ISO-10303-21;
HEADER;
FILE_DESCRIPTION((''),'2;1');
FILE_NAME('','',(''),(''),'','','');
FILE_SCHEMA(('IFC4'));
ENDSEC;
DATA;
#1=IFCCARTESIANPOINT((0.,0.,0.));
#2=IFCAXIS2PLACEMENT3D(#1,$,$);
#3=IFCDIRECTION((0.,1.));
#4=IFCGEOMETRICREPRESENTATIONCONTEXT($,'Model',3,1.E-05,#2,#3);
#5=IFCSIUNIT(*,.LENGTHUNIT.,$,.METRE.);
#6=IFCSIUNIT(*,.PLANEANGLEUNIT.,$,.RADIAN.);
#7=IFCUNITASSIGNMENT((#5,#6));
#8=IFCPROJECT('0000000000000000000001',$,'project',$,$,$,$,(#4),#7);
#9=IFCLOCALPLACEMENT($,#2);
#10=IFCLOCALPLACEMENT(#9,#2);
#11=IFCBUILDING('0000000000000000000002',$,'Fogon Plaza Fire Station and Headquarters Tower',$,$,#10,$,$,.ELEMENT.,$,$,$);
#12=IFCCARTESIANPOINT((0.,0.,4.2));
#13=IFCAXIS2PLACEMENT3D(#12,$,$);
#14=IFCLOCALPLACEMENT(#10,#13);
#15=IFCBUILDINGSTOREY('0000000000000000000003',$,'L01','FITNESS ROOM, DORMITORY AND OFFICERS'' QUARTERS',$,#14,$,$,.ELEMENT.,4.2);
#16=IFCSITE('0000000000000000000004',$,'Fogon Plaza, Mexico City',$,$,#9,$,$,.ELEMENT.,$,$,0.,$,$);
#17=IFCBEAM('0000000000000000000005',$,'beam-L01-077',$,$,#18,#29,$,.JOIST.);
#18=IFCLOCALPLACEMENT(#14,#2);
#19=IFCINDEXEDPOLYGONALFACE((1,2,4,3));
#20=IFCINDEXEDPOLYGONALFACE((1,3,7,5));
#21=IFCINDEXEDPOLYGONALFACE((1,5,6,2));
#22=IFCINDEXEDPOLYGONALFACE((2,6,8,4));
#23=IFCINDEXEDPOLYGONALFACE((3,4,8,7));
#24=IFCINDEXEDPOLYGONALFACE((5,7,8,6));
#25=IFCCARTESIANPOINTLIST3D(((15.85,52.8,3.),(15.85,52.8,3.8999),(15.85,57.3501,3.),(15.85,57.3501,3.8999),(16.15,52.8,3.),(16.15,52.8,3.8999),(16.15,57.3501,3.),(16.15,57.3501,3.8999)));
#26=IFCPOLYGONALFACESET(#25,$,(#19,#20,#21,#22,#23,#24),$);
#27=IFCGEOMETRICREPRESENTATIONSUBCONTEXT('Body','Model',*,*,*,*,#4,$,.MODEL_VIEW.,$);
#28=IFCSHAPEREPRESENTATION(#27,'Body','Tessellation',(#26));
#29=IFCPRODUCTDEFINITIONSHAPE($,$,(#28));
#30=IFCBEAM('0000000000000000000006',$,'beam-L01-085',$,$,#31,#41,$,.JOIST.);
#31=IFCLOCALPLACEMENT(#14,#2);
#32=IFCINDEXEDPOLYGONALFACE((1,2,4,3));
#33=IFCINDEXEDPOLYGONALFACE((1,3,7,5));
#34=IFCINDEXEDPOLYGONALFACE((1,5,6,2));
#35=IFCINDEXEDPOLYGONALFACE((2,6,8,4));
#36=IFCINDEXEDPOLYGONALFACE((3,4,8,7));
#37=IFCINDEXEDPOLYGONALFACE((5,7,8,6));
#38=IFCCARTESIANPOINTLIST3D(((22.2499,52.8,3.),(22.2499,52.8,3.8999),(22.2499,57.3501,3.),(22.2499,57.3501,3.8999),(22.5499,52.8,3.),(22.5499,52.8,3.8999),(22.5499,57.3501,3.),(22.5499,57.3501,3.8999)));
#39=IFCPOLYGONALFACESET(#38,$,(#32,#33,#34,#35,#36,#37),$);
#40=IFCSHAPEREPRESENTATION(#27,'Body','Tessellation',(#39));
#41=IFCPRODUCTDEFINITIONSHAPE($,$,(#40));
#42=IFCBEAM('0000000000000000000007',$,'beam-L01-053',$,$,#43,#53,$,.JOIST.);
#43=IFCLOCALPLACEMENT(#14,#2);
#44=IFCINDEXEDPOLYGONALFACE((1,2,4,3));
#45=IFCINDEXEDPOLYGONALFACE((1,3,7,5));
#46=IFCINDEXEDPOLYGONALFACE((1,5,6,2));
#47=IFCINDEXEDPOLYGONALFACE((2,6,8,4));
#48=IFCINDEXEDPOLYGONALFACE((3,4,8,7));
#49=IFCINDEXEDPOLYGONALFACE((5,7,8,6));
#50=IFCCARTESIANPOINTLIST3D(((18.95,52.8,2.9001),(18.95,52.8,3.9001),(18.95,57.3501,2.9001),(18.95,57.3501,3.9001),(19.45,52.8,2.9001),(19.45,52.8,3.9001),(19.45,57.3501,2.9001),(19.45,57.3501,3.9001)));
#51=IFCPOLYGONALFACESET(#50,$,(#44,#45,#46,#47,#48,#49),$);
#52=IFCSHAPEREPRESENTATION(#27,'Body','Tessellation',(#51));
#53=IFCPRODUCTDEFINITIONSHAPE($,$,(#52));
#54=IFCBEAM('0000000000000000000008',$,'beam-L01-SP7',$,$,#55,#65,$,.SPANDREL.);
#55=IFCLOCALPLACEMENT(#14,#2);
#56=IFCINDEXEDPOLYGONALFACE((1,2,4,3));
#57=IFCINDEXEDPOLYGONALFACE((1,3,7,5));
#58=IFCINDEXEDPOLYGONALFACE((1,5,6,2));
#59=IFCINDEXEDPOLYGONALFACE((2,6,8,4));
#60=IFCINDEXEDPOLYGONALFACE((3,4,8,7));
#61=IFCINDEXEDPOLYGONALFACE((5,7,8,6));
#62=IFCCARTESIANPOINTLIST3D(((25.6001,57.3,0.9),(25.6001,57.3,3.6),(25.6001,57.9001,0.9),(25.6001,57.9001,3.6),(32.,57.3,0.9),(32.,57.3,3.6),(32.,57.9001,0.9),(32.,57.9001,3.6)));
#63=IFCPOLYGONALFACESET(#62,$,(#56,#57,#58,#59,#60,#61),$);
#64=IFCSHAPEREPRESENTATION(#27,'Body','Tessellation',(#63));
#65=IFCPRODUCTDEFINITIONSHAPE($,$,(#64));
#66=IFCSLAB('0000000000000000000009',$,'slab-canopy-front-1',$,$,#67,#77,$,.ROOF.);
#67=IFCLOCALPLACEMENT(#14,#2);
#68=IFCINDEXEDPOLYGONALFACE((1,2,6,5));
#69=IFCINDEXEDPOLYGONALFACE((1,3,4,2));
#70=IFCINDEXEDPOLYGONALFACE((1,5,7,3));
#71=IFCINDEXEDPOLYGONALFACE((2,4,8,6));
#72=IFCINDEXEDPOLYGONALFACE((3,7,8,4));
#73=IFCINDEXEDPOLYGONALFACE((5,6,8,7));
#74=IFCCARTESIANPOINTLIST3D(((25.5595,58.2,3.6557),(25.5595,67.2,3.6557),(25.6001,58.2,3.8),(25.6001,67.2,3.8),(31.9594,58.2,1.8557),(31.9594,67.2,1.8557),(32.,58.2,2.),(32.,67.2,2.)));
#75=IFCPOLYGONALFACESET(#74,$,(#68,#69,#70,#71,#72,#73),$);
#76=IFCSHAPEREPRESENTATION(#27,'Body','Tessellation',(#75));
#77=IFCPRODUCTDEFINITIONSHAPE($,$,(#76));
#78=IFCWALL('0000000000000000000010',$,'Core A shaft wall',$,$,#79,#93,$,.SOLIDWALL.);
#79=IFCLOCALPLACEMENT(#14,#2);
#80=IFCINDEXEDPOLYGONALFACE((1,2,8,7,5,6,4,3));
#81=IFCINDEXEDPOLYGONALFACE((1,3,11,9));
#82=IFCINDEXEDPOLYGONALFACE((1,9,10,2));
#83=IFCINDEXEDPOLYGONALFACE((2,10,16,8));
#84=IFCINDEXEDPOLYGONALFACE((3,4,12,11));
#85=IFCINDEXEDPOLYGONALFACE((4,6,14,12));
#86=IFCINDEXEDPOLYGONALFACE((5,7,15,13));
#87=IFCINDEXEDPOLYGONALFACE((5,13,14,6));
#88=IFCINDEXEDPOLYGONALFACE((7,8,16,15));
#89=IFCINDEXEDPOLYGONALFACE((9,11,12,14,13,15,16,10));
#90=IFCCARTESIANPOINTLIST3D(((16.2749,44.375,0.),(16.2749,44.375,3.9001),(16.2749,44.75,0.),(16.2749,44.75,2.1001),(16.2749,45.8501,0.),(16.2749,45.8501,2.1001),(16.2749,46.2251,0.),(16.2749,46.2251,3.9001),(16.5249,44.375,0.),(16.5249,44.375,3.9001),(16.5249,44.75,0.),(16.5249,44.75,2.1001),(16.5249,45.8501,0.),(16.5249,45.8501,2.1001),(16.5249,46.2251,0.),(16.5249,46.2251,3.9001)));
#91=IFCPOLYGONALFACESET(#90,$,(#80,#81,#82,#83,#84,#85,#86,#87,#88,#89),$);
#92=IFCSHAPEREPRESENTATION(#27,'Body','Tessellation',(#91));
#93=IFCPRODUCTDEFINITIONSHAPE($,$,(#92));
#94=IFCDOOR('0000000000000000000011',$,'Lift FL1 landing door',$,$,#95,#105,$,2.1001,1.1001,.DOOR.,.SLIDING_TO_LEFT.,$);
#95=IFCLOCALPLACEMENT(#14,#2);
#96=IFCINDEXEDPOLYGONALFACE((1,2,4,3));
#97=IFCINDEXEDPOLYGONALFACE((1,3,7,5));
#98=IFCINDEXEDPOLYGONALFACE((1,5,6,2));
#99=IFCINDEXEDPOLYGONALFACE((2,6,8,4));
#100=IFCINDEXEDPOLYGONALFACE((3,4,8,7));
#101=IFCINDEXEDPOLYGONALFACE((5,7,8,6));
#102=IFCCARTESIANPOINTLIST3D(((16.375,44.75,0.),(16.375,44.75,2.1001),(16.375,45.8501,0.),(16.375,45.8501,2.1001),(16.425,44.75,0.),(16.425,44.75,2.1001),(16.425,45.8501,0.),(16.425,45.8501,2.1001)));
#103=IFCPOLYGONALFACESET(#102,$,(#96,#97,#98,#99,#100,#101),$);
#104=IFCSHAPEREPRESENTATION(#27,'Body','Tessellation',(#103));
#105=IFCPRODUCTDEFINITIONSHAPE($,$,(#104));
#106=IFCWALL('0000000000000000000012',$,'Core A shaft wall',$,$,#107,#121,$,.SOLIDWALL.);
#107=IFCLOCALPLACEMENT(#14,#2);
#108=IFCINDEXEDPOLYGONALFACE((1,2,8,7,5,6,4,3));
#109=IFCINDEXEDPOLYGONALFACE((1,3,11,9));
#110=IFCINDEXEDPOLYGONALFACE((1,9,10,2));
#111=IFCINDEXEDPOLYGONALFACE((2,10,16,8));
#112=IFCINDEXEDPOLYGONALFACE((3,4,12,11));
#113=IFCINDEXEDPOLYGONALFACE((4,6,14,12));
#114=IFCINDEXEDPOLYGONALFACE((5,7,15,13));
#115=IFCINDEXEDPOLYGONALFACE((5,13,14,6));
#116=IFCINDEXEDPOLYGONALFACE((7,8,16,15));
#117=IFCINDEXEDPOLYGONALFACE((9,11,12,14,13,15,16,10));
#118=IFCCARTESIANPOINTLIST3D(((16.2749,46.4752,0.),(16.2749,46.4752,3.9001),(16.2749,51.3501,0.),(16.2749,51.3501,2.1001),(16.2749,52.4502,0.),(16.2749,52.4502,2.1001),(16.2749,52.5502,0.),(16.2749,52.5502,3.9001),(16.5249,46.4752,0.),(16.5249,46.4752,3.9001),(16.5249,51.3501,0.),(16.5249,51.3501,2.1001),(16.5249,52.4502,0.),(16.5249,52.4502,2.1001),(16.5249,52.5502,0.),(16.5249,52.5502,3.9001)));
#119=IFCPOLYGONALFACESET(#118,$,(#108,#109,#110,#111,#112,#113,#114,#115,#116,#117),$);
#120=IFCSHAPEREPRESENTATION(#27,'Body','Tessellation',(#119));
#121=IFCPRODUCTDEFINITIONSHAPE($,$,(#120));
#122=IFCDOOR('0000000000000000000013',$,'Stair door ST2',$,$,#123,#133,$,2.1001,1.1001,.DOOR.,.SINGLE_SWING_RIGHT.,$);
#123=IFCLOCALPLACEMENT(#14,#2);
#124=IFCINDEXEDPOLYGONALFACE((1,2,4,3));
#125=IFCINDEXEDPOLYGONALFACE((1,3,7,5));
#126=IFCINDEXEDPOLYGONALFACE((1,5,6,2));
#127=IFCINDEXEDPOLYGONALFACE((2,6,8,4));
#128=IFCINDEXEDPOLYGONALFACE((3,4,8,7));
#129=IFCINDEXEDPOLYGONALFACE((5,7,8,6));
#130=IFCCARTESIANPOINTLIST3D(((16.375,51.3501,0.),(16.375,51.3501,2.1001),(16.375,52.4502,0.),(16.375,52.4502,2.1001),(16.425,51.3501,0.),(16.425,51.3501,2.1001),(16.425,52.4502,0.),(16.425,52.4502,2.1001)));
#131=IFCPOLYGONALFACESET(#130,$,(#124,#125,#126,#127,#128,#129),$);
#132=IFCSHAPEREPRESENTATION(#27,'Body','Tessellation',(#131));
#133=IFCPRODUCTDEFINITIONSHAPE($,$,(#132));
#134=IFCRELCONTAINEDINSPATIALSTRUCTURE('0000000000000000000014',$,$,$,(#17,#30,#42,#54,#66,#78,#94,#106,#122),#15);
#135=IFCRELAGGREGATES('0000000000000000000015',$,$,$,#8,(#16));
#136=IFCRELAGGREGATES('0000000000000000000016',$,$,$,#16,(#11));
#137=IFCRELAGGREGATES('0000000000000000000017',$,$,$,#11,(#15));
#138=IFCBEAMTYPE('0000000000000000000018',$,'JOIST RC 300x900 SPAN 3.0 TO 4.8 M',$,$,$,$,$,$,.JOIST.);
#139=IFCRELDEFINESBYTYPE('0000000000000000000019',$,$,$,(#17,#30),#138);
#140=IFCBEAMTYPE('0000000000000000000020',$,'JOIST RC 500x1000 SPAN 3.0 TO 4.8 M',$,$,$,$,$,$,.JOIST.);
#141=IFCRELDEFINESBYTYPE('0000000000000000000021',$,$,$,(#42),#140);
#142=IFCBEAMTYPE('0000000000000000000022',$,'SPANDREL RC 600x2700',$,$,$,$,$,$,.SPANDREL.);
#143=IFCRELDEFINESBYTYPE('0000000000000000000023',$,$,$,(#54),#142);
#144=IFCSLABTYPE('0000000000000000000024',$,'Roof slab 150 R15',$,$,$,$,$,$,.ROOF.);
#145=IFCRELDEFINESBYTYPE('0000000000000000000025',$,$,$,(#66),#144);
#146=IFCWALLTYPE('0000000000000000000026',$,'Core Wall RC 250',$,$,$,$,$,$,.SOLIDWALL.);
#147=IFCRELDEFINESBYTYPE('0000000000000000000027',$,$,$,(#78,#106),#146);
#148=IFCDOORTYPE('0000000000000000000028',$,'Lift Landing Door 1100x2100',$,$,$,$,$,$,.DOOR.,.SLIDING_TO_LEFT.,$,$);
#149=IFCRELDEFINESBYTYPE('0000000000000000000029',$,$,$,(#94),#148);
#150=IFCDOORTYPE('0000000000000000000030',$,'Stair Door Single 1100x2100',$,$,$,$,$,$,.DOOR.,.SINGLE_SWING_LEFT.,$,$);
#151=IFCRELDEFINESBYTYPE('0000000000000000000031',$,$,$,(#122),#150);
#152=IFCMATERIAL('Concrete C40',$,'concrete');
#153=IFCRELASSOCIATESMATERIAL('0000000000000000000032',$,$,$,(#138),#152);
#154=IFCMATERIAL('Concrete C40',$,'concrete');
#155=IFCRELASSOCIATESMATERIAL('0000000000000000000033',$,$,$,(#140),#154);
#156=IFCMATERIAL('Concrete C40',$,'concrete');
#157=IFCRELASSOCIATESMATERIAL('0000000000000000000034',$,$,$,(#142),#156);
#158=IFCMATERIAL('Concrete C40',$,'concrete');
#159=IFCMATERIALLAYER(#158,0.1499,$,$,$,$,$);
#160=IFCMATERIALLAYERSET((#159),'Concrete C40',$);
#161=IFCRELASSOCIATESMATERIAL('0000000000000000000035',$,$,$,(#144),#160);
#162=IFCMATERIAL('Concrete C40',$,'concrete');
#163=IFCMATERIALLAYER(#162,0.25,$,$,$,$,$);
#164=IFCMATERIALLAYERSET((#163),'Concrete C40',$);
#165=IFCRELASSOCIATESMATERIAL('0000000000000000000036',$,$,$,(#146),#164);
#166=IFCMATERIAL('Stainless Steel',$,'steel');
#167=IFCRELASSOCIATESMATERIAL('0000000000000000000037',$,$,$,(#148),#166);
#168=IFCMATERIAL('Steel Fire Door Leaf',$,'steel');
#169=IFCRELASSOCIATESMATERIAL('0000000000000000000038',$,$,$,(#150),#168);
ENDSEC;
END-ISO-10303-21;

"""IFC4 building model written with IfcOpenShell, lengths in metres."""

from ifc_helpers import new_model, si_unit, direction, frame, frame_2d, origin, origin_2d, place, context, subcontext, project, spatial, polyline, rectangle, outline, extrude, material, layer, layer_set, material_profile, profile_set, type_object, element, fill, save


model = new_model("IFC4")

# Units and contexts
model_context = context("Model", 3, precision=1e-05, world=origin(), true_north=direction((0.0, 1.0)))
body_context = subcontext(model_context, "Body", "Model", "MODEL_VIEW")
ifc_project = project(units=[si_unit("LENGTHUNIT", "METRE"), si_unit("PLANEANGLEUNIT", "RADIAN")], contexts=[model_context])

# Site, building, storey
site_placement = place(None, origin())
site = spatial("IfcSite", under=ifc_project, at=site_placement, Name="Fogon Plaza, Mexico City", CompositionType="ELEMENT", RefElevation=0.0)
building_placement = place(site_placement, origin())
building = spatial("IfcBuilding", under=site, at=building_placement, Name="Fogon Plaza Fire Station and Headquarters Tower", CompositionType="ELEMENT")
storey_placement = place(building_placement, frame((0.0, 0.0, 4.2)))
storey = spatial("IfcBuildingStorey", under=building, at=storey_placement, Name="L01", Description="FITNESS ROOM, DORMITORY AND OFFICERS' QUARTERS", CompositionType="ELEMENT", Elevation=4.2)

# Beams
ifc_material_1 = material(Name="Concrete C40", Category="concrete")
ifc_material_profile_1 = material_profile(ifc_material_1, rectangle(XDim=0.3, YDim=0.8999, at=origin_2d()), Name="RC 300x900")
ifc_profile_set_1 = profile_set([ifc_material_profile_1], Name="Concrete C40")
beam_type_1 = type_object("IfcBeamType", Name="JOIST RC 300x900 SPAN 3.0 TO 4.8 M", PredefinedType="JOIST", material=ifc_profile_set_1)
for number, where, z_axis, x_axis, name in (
    (1, (16.0, 52.8, 3.45), (0.0, 1.0, 0.0), (-1.0, 0.0, 0.0), "beam-L01-077"),
    (2, (22.3999, 52.8, 3.45), (0.0, 1.0, 0.0), (-1.0, 0.0, 0.0), "beam-L01-085"),
):
    element("IfcBeam", number, at=place(storey_placement, frame(where, z_axis=z_axis, x_axis=x_axis)), inside=storey, type_object=beam_type_1, Name=name, PredefinedType="JOIST", context=body_context, shape_type="SweptSolid", body=[
        extrude(rectangle(XDim=0.3, YDim=0.8999, at=origin_2d()), origin(), (0.0, 0.0, 1.0), 4.55),
    ])
ifc_material_2 = material(Name="Concrete C40", Category="concrete")
ifc_material_profile_2 = material_profile(ifc_material_2, rectangle(XDim=0.5, YDim=1.0, at=origin_2d()), Name="RC 500x1000")
ifc_profile_set_2 = profile_set([ifc_material_profile_2], Name="Concrete C40")
beam_type_2 = type_object("IfcBeamType", Name="JOIST RC 500x1000 SPAN 3.0 TO 4.8 M", PredefinedType="JOIST", material=ifc_profile_set_2)
beam_1_placement = place(storey_placement, frame((19.2, 52.8, 3.4001), z_axis=(0.0, 1.0, 0.0), x_axis=(-1.0, 0.0, 0.0)))
element("IfcBeam", 3, at=beam_1_placement, inside=storey, type_object=beam_type_2, Name="beam-L01-053", PredefinedType="JOIST", context=body_context, shape_type="SweptSolid", body=[
    extrude(rectangle(XDim=0.5, YDim=1.0, at=origin_2d()), origin(), (0.0, 0.0, 1.0), 4.55),
])
ifc_material_3 = material(Name="Concrete C40", Category="concrete")
ifc_material_profile_3 = material_profile(ifc_material_3, rectangle(XDim=0.6001, YDim=2.7, at=origin_2d()), Name="RC 600x2700")
ifc_profile_set_3 = profile_set([ifc_material_profile_3], Name="Concrete C40")
beam_type_3 = type_object("IfcBeamType", Name="SPANDREL RC 600x2700", PredefinedType="SPANDREL", material=ifc_profile_set_3)
beam_2_placement = place(storey_placement, frame((25.6001, 57.6001, 2.25), z_axis=(1.0, 0.0, 0.0), x_axis=(0.0, 1.0, 0.0)))
element("IfcBeam", 4, at=beam_2_placement, inside=storey, type_object=beam_type_3, Name="beam-L01-SP7", PredefinedType="SPANDREL", context=body_context, shape_type="SweptSolid", body=[
    extrude(rectangle(XDim=0.6001, YDim=2.7, at=origin_2d()), origin(), (0.0, 0.0, 1.0), 6.3999),
])

# Slab
ifc_material_4 = material(Name="Concrete C40", Category="concrete")
ifc_layer_1 = layer(ifc_material_4, 0.1499)
ifc_layer_set_1 = layer_set([ifc_layer_1], Name="Concrete C40")
slab_type = type_object("IfcSlabType", Name="Roof slab 150 R15", PredefinedType="ROOF", material=ifc_layer_set_1)
slab_placement = place(storey_placement, frame((25.6001, 58.2, 3.8), z_axis=(0.270756, 0.0, 0.962648), x_axis=(0.962648, 0.0, -0.270756)))
element("IfcSlab", 5, at=slab_placement, inside=storey, type_object=slab_type, Name="slab-canopy-front-1", PredefinedType="ROOF", context=body_context, shape_type="SweptSolid", body=[
    extrude(outline(polyline([(0.0, 0.0), (6.6482, 0.0), (6.6482, 9.0), (0.0, 9.0), (0.0, 0.0)])), origin(), (0.0, 0.0, -1.0), 0.1499),
])

# Walls, openings, doors
ifc_material_5 = material(Name="Concrete C40", Category="concrete")
ifc_layer_2 = layer(ifc_material_5, 0.25)
ifc_layer_set_2 = layer_set([ifc_layer_2], Name="Concrete C40")
wall_type_1 = type_object("IfcWallType", Name="Core Wall RC 250", PredefinedType="SOLIDWALL", material=ifc_layer_set_2)
wall_1_placement = place(storey_placement, frame((16.3999, 44.375, 0.0), z_axis=(0.0, 0.0, 1.0), x_axis=(0.0, 1.0, 0.0)))
wall_1 = element("IfcWall", 6, at=wall_1_placement, inside=storey, type_object=wall_type_1, Name="Core A shaft wall", PredefinedType="SOLIDWALL", context=body_context, shape_type="SweptSolid", body=[
    extrude(rectangle(XDim=1.8501, YDim=0.25, at=frame_2d((0.925, 0.0))), origin(), (0.0, 0.0, 1.0), 3.9001),
])
opening_1_placement = place(wall_1_placement, frame((0.375, 0.0, 0.0)))
opening_1 = element("IfcOpeningElement", 7, at=opening_1_placement, cuts=wall_1, PredefinedType="OPENING", context=body_context, shape_type="SweptSolid", body=[
    extrude(rectangle(XDim=1.1001, YDim=2.1001, at=frame_2d((0.55, 1.05))), frame((0.0, 0.135, 0.0), z_axis=(0.0, -1.0, 0.0), x_axis=(1.0, 0.0, 0.0)), (0.0, 0.0, 1.0), 0.27),
])
ifc_material_6 = material(Name="Stainless Steel", Category="steel")
door_type_1 = type_object("IfcDoorType", Name="Lift Landing Door 1100x2100", OperationType="SLIDING_TO_LEFT", PredefinedType="DOOR", material=ifc_material_6)
door_1_placement = place(opening_1_placement, origin())
door_1 = element("IfcDoor", 8, at=door_1_placement, inside=storey, type_object=door_type_1, Name="Lift FL1 landing door", OperationType="SLIDING_TO_LEFT", OverallHeight=2.1001, OverallWidth=1.1001, PredefinedType="DOOR", context=body_context, shape_type="SweptSolid", body=[
    extrude(rectangle(XDim=1.1001, YDim=2.1001, at=frame_2d((0.55, 1.05))), frame((0.0, 0.0249, 0.0), z_axis=(0.0, -1.0, 0.0), x_axis=(1.0, 0.0, 0.0)), (0.0, 0.0, 1.0), 0.05),
])
fill(opening_1, door_1)
wall_2_placement = place(storey_placement, frame((16.3999, 46.4751, 0.0), z_axis=(0.0, 0.0, 1.0), x_axis=(0.0, 1.0, 0.0)))
wall_2 = element("IfcWall", 9, at=wall_2_placement, inside=storey, type_object=wall_type_1, Name="Core A shaft wall", PredefinedType="SOLIDWALL", context=body_context, shape_type="SweptSolid", body=[
    extrude(rectangle(XDim=6.075, YDim=0.25, at=frame_2d((3.0376, 0.0))), origin(), (0.0, 0.0, 1.0), 3.9001),
])
opening_2_placement = place(wall_2_placement, frame((4.875, 0.0, 0.0)))
opening_2 = element("IfcOpeningElement", 10, at=opening_2_placement, cuts=wall_2, PredefinedType="OPENING", context=body_context, shape_type="SweptSolid", body=[
    extrude(rectangle(XDim=1.1001, YDim=2.1001, at=frame_2d((0.55, 1.05))), frame((0.0, 0.135, 0.0), z_axis=(0.0, -1.0, 0.0), x_axis=(1.0, 0.0, 0.0)), (0.0, 0.0, 1.0), 0.27),
])
ifc_material_7 = material(Name="Steel Fire Door Leaf", Category="steel")
door_type_2 = type_object("IfcDoorType", Name="Stair Door Single 1100x2100", OperationType="SINGLE_SWING_LEFT", PredefinedType="DOOR", material=ifc_material_7)
door_2_placement = place(opening_2_placement, origin())
door_2 = element("IfcDoor", 11, at=door_2_placement, inside=storey, type_object=door_type_2, Name="Stair door ST2", OperationType="SINGLE_SWING_RIGHT", OverallHeight=2.1001, OverallWidth=1.1001, PredefinedType="DOOR", context=body_context, shape_type="SweptSolid", body=[
    extrude(rectangle(XDim=1.1001, YDim=2.1001, at=frame_2d((0.55, 1.05))), frame((0.0, 0.0249, 0.0), z_axis=(0.0, -1.0, 0.0), x_axis=(1.0, 0.0, 0.0)), (0.0, 0.0, 1.0), 0.05),
])
fill(opening_2, door_2)

save(model, "model.ifc")
